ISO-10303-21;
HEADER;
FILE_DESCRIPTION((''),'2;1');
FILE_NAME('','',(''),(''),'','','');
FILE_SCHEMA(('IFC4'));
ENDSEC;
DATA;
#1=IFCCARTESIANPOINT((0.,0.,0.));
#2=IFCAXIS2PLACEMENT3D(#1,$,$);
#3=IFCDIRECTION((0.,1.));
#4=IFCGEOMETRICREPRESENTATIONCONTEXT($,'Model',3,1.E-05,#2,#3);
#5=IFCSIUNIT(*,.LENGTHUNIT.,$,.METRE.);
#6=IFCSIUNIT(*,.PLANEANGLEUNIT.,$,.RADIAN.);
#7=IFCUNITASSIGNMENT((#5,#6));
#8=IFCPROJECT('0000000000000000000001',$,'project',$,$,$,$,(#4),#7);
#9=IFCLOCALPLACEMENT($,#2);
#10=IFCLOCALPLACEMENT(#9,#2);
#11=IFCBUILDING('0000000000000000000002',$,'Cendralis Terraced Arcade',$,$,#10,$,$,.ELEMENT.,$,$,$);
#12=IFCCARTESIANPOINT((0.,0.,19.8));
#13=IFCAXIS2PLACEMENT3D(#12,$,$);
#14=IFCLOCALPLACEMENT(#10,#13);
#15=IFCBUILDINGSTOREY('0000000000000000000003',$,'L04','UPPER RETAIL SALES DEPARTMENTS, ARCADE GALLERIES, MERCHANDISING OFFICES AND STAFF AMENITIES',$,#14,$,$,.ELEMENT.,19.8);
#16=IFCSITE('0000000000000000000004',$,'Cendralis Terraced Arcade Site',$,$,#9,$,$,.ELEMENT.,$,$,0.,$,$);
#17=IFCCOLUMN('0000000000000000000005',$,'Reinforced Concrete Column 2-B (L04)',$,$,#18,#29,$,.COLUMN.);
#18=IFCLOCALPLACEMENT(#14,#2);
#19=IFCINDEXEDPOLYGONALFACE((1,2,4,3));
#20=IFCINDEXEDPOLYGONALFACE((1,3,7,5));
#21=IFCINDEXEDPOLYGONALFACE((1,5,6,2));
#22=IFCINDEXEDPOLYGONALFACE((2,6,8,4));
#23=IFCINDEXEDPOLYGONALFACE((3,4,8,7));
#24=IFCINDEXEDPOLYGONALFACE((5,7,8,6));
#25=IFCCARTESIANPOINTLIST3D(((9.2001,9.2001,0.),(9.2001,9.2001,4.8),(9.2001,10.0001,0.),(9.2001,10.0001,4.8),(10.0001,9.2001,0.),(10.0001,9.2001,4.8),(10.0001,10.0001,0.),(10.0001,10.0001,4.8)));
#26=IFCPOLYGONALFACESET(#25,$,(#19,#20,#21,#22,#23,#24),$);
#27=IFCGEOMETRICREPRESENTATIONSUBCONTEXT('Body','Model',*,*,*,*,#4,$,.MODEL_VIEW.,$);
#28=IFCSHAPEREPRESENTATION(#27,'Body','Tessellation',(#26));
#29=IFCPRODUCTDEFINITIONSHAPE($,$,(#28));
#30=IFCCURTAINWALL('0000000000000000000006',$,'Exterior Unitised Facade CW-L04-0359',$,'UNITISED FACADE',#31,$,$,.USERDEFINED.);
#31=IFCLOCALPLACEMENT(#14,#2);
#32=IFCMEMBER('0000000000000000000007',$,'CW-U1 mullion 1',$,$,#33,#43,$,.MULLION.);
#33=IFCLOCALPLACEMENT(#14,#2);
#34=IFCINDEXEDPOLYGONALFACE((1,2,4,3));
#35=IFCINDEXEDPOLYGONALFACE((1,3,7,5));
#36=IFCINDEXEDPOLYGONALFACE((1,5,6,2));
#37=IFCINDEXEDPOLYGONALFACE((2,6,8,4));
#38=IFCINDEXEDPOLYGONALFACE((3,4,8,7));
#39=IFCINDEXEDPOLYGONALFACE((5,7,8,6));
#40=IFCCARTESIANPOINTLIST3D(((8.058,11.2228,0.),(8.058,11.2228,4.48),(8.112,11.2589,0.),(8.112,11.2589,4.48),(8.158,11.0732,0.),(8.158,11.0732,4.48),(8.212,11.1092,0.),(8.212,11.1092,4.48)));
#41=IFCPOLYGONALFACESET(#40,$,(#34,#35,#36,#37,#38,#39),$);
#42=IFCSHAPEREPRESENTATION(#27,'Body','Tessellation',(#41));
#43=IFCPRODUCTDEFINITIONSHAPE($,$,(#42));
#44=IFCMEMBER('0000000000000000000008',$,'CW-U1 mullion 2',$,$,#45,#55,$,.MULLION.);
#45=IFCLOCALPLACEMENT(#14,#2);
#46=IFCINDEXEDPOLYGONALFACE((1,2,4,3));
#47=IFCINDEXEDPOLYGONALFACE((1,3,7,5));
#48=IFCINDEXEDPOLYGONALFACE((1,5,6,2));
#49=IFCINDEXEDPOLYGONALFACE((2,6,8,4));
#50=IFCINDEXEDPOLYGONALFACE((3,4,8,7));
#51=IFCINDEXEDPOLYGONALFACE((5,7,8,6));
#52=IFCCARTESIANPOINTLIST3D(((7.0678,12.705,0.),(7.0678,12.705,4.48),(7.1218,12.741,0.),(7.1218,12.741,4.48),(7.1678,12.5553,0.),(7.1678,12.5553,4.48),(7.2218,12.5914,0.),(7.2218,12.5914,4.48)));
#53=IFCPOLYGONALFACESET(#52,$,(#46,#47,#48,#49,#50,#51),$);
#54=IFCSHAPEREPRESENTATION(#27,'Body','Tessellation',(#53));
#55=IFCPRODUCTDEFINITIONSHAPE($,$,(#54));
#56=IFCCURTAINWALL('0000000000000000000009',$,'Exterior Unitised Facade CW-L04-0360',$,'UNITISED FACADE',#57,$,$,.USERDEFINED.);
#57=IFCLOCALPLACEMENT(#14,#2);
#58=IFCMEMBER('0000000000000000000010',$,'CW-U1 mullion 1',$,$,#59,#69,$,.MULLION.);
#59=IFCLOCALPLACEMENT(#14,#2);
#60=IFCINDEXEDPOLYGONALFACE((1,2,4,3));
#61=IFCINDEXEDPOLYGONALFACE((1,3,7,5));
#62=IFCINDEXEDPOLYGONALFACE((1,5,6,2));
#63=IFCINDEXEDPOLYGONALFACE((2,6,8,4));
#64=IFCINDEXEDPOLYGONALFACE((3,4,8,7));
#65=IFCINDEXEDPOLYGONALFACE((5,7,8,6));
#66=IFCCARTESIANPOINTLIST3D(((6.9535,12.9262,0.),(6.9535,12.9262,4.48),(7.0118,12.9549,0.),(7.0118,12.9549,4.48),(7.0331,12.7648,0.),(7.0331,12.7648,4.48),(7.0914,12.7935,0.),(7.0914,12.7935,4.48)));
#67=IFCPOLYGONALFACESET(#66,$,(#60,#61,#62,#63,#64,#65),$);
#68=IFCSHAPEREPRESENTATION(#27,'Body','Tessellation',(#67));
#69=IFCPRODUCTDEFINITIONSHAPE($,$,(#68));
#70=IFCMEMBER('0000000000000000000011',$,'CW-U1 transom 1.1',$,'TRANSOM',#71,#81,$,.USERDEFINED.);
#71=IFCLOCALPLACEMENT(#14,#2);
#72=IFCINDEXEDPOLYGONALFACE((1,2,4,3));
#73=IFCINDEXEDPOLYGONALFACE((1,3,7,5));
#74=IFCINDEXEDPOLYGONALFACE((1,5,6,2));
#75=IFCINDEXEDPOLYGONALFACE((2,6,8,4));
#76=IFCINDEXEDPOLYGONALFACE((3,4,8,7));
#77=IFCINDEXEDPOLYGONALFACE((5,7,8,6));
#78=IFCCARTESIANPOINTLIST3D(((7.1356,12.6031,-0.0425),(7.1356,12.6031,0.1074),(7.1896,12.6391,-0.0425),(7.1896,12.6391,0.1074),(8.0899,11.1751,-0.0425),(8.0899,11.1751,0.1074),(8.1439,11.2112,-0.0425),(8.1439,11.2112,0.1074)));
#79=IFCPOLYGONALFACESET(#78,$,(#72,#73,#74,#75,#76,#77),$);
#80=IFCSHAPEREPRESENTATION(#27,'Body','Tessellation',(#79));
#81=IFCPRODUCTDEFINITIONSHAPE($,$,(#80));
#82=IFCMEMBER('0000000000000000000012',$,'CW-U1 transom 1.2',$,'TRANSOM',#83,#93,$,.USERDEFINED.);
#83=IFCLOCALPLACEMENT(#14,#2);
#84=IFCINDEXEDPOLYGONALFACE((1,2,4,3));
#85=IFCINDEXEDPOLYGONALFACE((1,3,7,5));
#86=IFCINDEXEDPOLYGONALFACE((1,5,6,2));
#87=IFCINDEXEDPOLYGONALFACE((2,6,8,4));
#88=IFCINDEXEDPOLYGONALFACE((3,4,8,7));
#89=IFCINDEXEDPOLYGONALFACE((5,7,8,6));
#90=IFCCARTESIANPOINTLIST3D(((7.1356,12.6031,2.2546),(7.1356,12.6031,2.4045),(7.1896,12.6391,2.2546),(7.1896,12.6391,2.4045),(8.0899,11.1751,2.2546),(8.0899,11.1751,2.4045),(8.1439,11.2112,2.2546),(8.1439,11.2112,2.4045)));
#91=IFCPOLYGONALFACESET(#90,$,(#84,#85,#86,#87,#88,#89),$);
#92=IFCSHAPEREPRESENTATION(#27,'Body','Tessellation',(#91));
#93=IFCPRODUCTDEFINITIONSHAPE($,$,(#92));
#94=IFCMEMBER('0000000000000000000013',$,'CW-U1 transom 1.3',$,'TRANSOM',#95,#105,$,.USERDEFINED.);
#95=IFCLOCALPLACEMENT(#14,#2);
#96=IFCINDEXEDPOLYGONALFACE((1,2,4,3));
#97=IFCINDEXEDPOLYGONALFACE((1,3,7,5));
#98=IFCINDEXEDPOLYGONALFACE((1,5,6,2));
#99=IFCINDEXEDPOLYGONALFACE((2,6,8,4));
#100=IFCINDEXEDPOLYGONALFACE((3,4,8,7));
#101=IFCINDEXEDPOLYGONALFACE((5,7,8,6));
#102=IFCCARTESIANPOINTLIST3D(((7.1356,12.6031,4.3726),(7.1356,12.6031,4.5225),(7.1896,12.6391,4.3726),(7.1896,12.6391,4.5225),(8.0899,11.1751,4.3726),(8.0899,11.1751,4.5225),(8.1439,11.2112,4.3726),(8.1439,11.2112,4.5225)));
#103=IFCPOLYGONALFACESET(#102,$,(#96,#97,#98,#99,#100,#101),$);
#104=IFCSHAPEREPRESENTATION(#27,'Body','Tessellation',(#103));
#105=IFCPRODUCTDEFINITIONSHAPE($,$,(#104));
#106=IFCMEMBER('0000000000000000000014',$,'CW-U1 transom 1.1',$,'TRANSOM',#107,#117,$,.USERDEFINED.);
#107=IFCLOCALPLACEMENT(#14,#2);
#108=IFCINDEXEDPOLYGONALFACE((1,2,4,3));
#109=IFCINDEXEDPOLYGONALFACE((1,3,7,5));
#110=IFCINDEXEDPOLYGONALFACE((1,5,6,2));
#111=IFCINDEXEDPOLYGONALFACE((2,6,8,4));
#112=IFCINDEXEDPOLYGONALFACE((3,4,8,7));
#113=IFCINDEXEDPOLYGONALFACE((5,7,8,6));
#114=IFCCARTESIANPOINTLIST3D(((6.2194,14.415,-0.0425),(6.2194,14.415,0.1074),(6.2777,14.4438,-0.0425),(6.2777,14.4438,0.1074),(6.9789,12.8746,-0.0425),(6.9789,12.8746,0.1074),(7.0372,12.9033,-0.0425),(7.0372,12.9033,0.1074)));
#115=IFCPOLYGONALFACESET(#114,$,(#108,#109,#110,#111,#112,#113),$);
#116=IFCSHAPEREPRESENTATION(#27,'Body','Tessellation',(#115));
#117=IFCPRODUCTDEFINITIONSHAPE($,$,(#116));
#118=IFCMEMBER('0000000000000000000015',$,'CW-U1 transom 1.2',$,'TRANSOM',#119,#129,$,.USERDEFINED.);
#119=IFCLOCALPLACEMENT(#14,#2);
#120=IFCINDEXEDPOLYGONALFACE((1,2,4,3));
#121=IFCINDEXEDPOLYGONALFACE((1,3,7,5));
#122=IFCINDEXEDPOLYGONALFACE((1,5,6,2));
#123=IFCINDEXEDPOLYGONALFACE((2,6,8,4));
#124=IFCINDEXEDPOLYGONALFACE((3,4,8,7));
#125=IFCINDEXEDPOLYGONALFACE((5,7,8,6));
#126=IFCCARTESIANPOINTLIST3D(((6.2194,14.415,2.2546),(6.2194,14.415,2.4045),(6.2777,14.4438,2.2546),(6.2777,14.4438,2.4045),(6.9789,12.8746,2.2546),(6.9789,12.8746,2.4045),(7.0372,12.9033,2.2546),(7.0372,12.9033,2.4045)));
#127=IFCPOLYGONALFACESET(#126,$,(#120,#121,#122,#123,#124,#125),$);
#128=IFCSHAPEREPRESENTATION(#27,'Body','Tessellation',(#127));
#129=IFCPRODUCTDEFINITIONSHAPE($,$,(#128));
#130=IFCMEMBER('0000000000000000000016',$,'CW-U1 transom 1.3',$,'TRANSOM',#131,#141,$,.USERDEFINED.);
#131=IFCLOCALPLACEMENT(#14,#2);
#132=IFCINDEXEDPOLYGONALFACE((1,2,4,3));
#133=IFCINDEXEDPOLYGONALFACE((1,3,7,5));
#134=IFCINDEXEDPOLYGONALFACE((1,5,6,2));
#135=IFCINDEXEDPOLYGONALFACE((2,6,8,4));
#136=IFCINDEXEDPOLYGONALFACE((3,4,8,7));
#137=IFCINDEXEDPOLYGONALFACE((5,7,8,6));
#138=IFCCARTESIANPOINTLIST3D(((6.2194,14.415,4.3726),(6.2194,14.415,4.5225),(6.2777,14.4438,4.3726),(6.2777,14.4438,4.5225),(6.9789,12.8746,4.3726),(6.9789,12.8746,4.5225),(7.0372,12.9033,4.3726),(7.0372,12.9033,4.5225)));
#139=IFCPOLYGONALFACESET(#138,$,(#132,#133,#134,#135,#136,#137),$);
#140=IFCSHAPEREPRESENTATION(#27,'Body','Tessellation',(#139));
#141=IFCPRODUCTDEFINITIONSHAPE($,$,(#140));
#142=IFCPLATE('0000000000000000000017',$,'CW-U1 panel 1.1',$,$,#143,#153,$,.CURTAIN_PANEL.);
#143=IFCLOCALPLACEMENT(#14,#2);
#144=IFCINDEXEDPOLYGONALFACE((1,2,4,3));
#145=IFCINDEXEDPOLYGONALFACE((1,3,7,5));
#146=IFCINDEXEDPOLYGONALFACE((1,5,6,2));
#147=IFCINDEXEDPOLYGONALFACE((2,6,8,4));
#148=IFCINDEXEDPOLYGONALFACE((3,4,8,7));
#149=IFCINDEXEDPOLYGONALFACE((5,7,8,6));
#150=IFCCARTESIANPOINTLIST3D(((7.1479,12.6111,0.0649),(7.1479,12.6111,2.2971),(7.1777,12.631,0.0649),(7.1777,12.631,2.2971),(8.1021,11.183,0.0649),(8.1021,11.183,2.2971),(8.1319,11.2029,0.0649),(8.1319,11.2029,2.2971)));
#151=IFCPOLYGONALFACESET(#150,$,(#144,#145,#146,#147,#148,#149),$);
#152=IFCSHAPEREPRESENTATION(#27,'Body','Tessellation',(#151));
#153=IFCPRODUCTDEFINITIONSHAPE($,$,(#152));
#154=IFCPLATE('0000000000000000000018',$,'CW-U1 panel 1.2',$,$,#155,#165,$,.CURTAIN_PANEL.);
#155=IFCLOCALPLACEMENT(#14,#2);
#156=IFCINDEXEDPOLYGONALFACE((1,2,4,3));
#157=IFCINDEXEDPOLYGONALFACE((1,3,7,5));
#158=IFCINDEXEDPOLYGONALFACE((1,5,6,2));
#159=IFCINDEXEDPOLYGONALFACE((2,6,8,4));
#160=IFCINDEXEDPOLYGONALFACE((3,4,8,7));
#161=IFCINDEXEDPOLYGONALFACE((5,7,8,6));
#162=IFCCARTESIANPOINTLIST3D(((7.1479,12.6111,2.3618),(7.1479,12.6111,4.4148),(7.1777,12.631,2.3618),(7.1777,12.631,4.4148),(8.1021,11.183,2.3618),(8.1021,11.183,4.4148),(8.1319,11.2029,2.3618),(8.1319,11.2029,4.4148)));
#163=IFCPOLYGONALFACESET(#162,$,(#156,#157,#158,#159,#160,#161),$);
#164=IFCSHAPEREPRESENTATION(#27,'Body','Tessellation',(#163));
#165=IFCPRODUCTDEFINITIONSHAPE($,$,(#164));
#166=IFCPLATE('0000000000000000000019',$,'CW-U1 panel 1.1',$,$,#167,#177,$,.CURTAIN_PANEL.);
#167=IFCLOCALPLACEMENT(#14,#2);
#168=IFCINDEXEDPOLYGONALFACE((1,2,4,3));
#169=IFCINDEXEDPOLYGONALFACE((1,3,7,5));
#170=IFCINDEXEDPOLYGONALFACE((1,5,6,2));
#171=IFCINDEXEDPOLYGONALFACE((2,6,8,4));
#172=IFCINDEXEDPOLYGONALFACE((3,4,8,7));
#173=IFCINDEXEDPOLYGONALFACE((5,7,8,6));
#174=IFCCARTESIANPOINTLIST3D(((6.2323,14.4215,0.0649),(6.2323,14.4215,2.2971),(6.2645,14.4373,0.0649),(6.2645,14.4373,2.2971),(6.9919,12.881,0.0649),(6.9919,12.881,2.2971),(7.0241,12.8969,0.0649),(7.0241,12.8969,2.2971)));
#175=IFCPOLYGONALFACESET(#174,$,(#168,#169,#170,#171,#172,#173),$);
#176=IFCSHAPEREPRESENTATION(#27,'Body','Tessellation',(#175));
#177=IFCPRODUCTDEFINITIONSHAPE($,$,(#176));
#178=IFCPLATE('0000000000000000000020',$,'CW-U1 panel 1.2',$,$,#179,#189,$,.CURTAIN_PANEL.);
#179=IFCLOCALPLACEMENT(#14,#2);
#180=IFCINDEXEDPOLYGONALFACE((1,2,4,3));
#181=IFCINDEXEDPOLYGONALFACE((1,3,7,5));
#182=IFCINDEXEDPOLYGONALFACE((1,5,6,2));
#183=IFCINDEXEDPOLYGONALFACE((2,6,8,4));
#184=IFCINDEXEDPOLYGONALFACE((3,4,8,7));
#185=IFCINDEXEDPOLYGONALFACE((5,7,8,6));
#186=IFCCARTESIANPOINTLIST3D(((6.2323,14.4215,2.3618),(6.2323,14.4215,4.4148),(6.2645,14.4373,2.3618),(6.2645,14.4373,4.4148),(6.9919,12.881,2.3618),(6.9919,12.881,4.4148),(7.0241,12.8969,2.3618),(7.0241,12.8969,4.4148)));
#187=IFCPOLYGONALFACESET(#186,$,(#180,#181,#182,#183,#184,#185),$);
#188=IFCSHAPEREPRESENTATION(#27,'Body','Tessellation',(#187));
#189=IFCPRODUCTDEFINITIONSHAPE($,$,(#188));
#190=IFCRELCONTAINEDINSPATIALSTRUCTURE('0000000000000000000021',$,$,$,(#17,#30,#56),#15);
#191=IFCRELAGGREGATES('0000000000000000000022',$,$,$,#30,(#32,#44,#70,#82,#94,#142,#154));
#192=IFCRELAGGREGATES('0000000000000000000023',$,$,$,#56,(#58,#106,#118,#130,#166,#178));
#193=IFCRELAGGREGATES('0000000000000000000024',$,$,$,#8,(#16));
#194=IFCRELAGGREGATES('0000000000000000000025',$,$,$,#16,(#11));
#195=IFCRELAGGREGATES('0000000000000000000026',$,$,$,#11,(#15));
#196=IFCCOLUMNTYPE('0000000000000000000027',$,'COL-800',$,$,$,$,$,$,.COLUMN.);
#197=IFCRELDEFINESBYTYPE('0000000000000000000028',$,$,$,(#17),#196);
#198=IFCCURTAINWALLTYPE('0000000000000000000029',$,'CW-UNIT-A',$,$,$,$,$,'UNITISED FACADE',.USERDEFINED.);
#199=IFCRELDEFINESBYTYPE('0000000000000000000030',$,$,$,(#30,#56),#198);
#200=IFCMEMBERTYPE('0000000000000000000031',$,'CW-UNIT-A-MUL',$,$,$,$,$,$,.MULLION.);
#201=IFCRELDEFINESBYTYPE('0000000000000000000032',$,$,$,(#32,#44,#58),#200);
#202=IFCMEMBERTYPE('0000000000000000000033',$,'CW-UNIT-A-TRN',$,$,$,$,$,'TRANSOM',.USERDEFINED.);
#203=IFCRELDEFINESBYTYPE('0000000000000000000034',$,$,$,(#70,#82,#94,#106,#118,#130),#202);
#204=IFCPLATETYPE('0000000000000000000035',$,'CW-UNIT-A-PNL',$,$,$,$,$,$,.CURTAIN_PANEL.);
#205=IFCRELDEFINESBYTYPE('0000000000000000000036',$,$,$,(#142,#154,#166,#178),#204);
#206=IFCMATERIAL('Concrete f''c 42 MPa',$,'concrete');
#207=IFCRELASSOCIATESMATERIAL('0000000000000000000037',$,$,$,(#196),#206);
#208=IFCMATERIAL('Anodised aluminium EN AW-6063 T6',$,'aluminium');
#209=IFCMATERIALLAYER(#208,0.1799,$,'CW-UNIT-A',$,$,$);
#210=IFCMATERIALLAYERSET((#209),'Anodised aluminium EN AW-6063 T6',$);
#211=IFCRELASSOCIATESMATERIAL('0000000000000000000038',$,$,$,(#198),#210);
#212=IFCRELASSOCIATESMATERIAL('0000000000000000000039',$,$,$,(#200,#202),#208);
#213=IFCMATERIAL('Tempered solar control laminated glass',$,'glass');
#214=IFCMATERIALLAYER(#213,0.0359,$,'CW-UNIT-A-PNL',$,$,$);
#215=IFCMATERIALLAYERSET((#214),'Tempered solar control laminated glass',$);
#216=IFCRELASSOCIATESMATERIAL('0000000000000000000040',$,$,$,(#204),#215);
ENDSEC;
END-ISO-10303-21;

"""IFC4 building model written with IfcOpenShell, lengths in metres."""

from ifc_helpers import new_model, si_unit, direction, frame, origin, origin_2d, place, context, subcontext, project, spatial, rectangle, extrude, material, layer, layer_set, material_profile, profile_set, type_object, element, aggregate, save


model = new_model("IFC4")

# Units and contexts
model_context = context("Model", 3, precision=1e-05, world=origin(), true_north=direction((0.0, 1.0)))
body_context = subcontext(model_context, "Body", "Model", "MODEL_VIEW")
ifc_project = project(units=[si_unit("LENGTHUNIT", "METRE"), si_unit("PLANEANGLEUNIT", "RADIAN")], contexts=[model_context])

# Site, building, storey
site_placement = place(None, origin())
site = spatial("IfcSite", under=ifc_project, at=site_placement, Name="Cendralis Terraced Arcade Site", CompositionType="ELEMENT", RefElevation=0.0)
building_placement = place(site_placement, origin())
building = spatial("IfcBuilding", under=site, at=building_placement, Name="Cendralis Terraced Arcade", CompositionType="ELEMENT")
storey_placement = place(building_placement, frame((0.0, 0.0, 19.8)))
storey = spatial("IfcBuildingStorey", under=building, at=storey_placement, Name="L04", Description="UPPER RETAIL SALES DEPARTMENTS, ARCADE GALLERIES, MERCHANDISING OFFICES AND STAFF AMENITIES", CompositionType="ELEMENT", Elevation=19.8)

# Column
ifc_material_1 = material(Name="Concrete f'c 42 MPa", Category="concrete")
ifc_material_profile_1 = material_profile(ifc_material_1, rectangle(XDim=0.8, YDim=0.8, at=origin_2d()), Name="RC-COL-800x800", Category="LoadBearing")
ifc_profile_set_1 = profile_set([ifc_material_profile_1], Name="Concrete f'c 42 MPa")
column_type = type_object("IfcColumnType", Name="COL-800", PredefinedType="COLUMN", material=ifc_profile_set_1)
column_placement = place(storey_placement, frame((9.6001, 9.6001, 0.0), z_axis=(0.0, 0.0, 1.0), x_axis=(1.0, 0.0, 0.0)))
element("IfcColumn", 1, at=column_placement, inside=storey, type_object=column_type, Name="Reinforced Concrete Column 2-B (L04)", PredefinedType="COLUMN", context=body_context, shape_type="SweptSolid", body=[
    extrude(rectangle(XDim=0.8, YDim=0.8, at=origin_2d()), origin(), (0.0, 0.0, 1.0), 4.8),
])

# Curtain wall, members
ifc_material_2 = material(Name="Anodised aluminium EN AW-6063 T6", Category="aluminium")
ifc_layer_1 = layer(ifc_material_2, 0.1799, Name="CW-UNIT-A")
ifc_layer_set_1 = layer_set([ifc_layer_1], Name="Anodised aluminium EN AW-6063 T6")
curtain_wall_type = type_object("IfcCurtainWallType", Name="CW-UNIT-A", ElementType="UNITISED FACADE", PredefinedType="USERDEFINED", material=ifc_layer_set_1)
curtain_wall_1_placement = place(storey_placement, origin())
curtain_wall_1 = element("IfcCurtainWall", 2, at=curtain_wall_1_placement, inside=storey, type_object=curtain_wall_type, Name="Exterior Unitised Facade CW-L04-0359", ObjectType="UNITISED FACADE", PredefinedType="USERDEFINED")
ifc_material_profile_2 = material_profile(ifc_material_2, rectangle(XDim=0.0649, YDim=0.1799, at=origin_2d()), Name="ALU-MUL-65x180")
ifc_profile_set_2 = profile_set([ifc_material_profile_2], Name="Anodised aluminium EN AW-6063 T6")
member_type_1 = type_object("IfcMemberType", Name="CW-UNIT-A-MUL", PredefinedType="MULLION", material=ifc_profile_set_2)
member_1_placement = place(storey_placement, frame((8.135, 11.166, 0.0), z_axis=(0.0, 0.0, 1.0), x_axis=(-0.831484, -0.555549, 0.0)))
member_1 = element("IfcMember", 3, at=member_1_placement, type_object=member_type_1, Name="CW-U1 mullion 1", PredefinedType="MULLION", context=body_context, shape_type="SweptSolid", body=[
    extrude(rectangle(XDim=0.0649, YDim=0.1799, at=origin_2d()), origin(), (0.0, 0.0, 1.0), 4.48),
])
member_2_placement = place(storey_placement, frame((7.1448, 12.6482, 0.0), z_axis=(0.0, 0.0, 1.0), x_axis=(-0.831484, -0.555549, 0.0)))
member_2 = element("IfcMember", 4, at=member_2_placement, type_object=member_type_1, Name="CW-U1 mullion 2", PredefinedType="MULLION", context=body_context, shape_type="SweptSolid", body=[
    extrude(rectangle(XDim=0.0649, YDim=0.1799, at=origin_2d()), origin(), (0.0, 0.0, 1.0), 4.48),
])

# Curtain wall, member
curtain_wall_2_placement = place(storey_placement, origin())
curtain_wall_2 = element("IfcCurtainWall", 5, at=curtain_wall_2_placement, inside=storey, type_object=curtain_wall_type, Name="Exterior Unitised Facade CW-L04-0360", ObjectType="UNITISED FACADE", PredefinedType="USERDEFINED")
member_3_placement = place(storey_placement, frame((7.0225, 12.8599, 0.0), z_axis=(0.0, 0.0, 1.0), x_axis=(-0.896882, -0.44227, 0.0)))
member_3 = element("IfcMember", 6, at=member_3_placement, type_object=member_type_1, Name="CW-U1 mullion 1", PredefinedType="MULLION", context=body_context, shape_type="SweptSolid", body=[
    extrude(rectangle(XDim=0.0649, YDim=0.1799, at=origin_2d()), origin(), (0.0, 0.0, 1.0), 4.48),
])

# Members
ifc_material_profile_3 = material_profile(ifc_material_2, rectangle(XDim=0.0649, YDim=0.1499, at=origin_2d()), Name="ALU-TRN-65x150")
ifc_profile_set_3 = profile_set([ifc_material_profile_3], Name="Anodised aluminium EN AW-6063 T6")
member_type_2 = type_object("IfcMemberType", Name="CW-UNIT-A-TRN", ElementType="TRANSOM", PredefinedType="USERDEFINED", material=ifc_profile_set_3)
member_4_placement = place(storey_placement, frame((8.1169, 11.1931, 0.0325), z_axis=(-0.555651, 0.831416, 0.0), x_axis=(-0.831416, -0.555651, 0.0)))
member_4 = element("IfcMember", 7, at=member_4_placement, type_object=member_type_2, Name="CW-U1 transom 1.1", ObjectType="TRANSOM", PredefinedType="USERDEFINED", context=body_context, shape_type="SweptSolid", body=[
    extrude(rectangle(XDim=0.0649, YDim=0.1499, at=origin_2d()), origin(), (0.0, 0.0, 1.0), 1.7175),
])
member_5_placement = place(storey_placement, frame((8.1169, 11.1931, 2.3296), z_axis=(-0.555651, 0.831416, 0.0), x_axis=(-0.831416, -0.555651, 0.0)))
member_5 = element("IfcMember", 8, at=member_5_placement, type_object=member_type_2, Name="CW-U1 transom 1.2", ObjectType="TRANSOM", PredefinedType="USERDEFINED", context=body_context, shape_type="SweptSolid", body=[
    extrude(rectangle(XDim=0.0649, YDim=0.1499, at=origin_2d()), origin(), (0.0, 0.0, 1.0), 1.7175),
])
member_6_placement = place(storey_placement, frame((8.1169, 11.1931, 4.4475), z_axis=(-0.555651, 0.831416, 0.0), x_axis=(-0.831416, -0.555651, 0.0)))
member_6 = element("IfcMember", 9, at=member_6_placement, type_object=member_type_2, Name="CW-U1 transom 1.3", ObjectType="TRANSOM", PredefinedType="USERDEFINED", context=body_context, shape_type="SweptSolid", body=[
    extrude(rectangle(XDim=0.0649, YDim=0.1499, at=origin_2d()), origin(), (0.0, 0.0, 1.0), 1.7175),
])
member_7_placement = place(storey_placement, frame((7.0081, 12.8889, 0.0325), z_axis=(-0.442203, 0.896915, 0.0), x_axis=(-0.896915, -0.442203, 0.0)))
member_7 = element("IfcMember", 10, at=member_7_placement, type_object=member_type_2, Name="CW-U1 transom 1.1", ObjectType="TRANSOM", PredefinedType="USERDEFINED", context=body_context, shape_type="SweptSolid", body=[
    extrude(rectangle(XDim=0.0649, YDim=0.1499, at=origin_2d()), origin(), (0.0, 0.0, 1.0), 1.7175),
])
member_8_placement = place(storey_placement, frame((7.0081, 12.8889, 2.3296), z_axis=(-0.442203, 0.896915, 0.0), x_axis=(-0.896915, -0.442203, 0.0)))
member_8 = element("IfcMember", 11, at=member_8_placement, type_object=member_type_2, Name="CW-U1 transom 1.2", ObjectType="TRANSOM", PredefinedType="USERDEFINED", context=body_context, shape_type="SweptSolid", body=[
    extrude(rectangle(XDim=0.0649, YDim=0.1499, at=origin_2d()), origin(), (0.0, 0.0, 1.0), 1.7175),
])
member_9_placement = place(storey_placement, frame((7.0081, 12.8889, 4.4475), z_axis=(-0.442203, 0.896915, 0.0), x_axis=(-0.896915, -0.442203, 0.0)))
member_9 = element("IfcMember", 12, at=member_9_placement, type_object=member_type_2, Name="CW-U1 transom 1.3", ObjectType="TRANSOM", PredefinedType="USERDEFINED", context=body_context, shape_type="SweptSolid", body=[
    extrude(rectangle(XDim=0.0649, YDim=0.1499, at=origin_2d()), origin(), (0.0, 0.0, 1.0), 1.7175),
])

# Plates
ifc_material_3 = material(Name="Tempered solar control laminated glass", Category="glass")
ifc_layer_2 = layer(ifc_material_3, 0.0359, Name="CW-UNIT-A-PNL")
ifc_layer_set_2 = layer_set([ifc_layer_2], Name="Tempered solar control laminated glass")
plate_type = type_object("IfcPlateType", Name="CW-UNIT-A-PNL", PredefinedType="CURTAIN_PANEL", material=ifc_layer_set_2)
plate_1_placement = place(storey_placement, frame((7.6399, 11.907, 0.0649), z_axis=(0.0, 0.0, 1.0), x_axis=(-0.555549, 0.831484, 0.0)))
plate_1 = element("IfcPlate", 13, at=plate_1_placement, type_object=plate_type, Name="CW-U1 panel 1.1", PredefinedType="CURTAIN_PANEL", context=body_context, shape_type="SweptSolid", body=[
    extrude(rectangle(XDim=1.7175, YDim=0.0359, at=origin_2d()), origin(), (0.0, 0.0, 1.0), 2.2322),
])
plate_2_placement = place(storey_placement, frame((7.6399, 11.907, 2.3618), z_axis=(0.0, 0.0, 1.0), x_axis=(-0.555549, 0.831484, 0.0)))
plate_2 = element("IfcPlate", 14, at=plate_2_placement, type_object=plate_type, Name="CW-U1 panel 1.2", PredefinedType="CURTAIN_PANEL", context=body_context, shape_type="SweptSolid", body=[
    extrude(rectangle(XDim=1.7175, YDim=0.0359, at=origin_2d()), origin(), (0.0, 0.0, 1.0), 2.053),
])
aggregate(curtain_wall_1, [member_1, member_2, member_4, member_5, member_6, plate_1, plate_2])
plate_3_placement = place(storey_placement, frame((6.6282, 13.6592, 0.0649), z_axis=(0.0, 0.0, 1.0), x_axis=(-0.44227, 0.896882, 0.0)))
plate_3 = element("IfcPlate", 15, at=plate_3_placement, type_object=plate_type, Name="CW-U1 panel 1.1", PredefinedType="CURTAIN_PANEL", context=body_context, shape_type="SweptSolid", body=[
    extrude(rectangle(XDim=1.7175, YDim=0.0359, at=origin_2d()), origin(), (0.0, 0.0, 1.0), 2.2322),
])
plate_4_placement = place(storey_placement, frame((6.6282, 13.6592, 2.3618), z_axis=(0.0, 0.0, 1.0), x_axis=(-0.44227, 0.896882, 0.0)))
plate_4 = element("IfcPlate", 16, at=plate_4_placement, type_object=plate_type, Name="CW-U1 panel 1.2", PredefinedType="CURTAIN_PANEL", context=body_context, shape_type="SweptSolid", body=[
    extrude(rectangle(XDim=1.7175, YDim=0.0359, at=origin_2d()), origin(), (0.0, 0.0, 1.0), 2.053),
])
aggregate(curtain_wall_2, [member_3, member_7, member_8, member_9, plate_3, plate_4])

save(model, "model.ifc")
